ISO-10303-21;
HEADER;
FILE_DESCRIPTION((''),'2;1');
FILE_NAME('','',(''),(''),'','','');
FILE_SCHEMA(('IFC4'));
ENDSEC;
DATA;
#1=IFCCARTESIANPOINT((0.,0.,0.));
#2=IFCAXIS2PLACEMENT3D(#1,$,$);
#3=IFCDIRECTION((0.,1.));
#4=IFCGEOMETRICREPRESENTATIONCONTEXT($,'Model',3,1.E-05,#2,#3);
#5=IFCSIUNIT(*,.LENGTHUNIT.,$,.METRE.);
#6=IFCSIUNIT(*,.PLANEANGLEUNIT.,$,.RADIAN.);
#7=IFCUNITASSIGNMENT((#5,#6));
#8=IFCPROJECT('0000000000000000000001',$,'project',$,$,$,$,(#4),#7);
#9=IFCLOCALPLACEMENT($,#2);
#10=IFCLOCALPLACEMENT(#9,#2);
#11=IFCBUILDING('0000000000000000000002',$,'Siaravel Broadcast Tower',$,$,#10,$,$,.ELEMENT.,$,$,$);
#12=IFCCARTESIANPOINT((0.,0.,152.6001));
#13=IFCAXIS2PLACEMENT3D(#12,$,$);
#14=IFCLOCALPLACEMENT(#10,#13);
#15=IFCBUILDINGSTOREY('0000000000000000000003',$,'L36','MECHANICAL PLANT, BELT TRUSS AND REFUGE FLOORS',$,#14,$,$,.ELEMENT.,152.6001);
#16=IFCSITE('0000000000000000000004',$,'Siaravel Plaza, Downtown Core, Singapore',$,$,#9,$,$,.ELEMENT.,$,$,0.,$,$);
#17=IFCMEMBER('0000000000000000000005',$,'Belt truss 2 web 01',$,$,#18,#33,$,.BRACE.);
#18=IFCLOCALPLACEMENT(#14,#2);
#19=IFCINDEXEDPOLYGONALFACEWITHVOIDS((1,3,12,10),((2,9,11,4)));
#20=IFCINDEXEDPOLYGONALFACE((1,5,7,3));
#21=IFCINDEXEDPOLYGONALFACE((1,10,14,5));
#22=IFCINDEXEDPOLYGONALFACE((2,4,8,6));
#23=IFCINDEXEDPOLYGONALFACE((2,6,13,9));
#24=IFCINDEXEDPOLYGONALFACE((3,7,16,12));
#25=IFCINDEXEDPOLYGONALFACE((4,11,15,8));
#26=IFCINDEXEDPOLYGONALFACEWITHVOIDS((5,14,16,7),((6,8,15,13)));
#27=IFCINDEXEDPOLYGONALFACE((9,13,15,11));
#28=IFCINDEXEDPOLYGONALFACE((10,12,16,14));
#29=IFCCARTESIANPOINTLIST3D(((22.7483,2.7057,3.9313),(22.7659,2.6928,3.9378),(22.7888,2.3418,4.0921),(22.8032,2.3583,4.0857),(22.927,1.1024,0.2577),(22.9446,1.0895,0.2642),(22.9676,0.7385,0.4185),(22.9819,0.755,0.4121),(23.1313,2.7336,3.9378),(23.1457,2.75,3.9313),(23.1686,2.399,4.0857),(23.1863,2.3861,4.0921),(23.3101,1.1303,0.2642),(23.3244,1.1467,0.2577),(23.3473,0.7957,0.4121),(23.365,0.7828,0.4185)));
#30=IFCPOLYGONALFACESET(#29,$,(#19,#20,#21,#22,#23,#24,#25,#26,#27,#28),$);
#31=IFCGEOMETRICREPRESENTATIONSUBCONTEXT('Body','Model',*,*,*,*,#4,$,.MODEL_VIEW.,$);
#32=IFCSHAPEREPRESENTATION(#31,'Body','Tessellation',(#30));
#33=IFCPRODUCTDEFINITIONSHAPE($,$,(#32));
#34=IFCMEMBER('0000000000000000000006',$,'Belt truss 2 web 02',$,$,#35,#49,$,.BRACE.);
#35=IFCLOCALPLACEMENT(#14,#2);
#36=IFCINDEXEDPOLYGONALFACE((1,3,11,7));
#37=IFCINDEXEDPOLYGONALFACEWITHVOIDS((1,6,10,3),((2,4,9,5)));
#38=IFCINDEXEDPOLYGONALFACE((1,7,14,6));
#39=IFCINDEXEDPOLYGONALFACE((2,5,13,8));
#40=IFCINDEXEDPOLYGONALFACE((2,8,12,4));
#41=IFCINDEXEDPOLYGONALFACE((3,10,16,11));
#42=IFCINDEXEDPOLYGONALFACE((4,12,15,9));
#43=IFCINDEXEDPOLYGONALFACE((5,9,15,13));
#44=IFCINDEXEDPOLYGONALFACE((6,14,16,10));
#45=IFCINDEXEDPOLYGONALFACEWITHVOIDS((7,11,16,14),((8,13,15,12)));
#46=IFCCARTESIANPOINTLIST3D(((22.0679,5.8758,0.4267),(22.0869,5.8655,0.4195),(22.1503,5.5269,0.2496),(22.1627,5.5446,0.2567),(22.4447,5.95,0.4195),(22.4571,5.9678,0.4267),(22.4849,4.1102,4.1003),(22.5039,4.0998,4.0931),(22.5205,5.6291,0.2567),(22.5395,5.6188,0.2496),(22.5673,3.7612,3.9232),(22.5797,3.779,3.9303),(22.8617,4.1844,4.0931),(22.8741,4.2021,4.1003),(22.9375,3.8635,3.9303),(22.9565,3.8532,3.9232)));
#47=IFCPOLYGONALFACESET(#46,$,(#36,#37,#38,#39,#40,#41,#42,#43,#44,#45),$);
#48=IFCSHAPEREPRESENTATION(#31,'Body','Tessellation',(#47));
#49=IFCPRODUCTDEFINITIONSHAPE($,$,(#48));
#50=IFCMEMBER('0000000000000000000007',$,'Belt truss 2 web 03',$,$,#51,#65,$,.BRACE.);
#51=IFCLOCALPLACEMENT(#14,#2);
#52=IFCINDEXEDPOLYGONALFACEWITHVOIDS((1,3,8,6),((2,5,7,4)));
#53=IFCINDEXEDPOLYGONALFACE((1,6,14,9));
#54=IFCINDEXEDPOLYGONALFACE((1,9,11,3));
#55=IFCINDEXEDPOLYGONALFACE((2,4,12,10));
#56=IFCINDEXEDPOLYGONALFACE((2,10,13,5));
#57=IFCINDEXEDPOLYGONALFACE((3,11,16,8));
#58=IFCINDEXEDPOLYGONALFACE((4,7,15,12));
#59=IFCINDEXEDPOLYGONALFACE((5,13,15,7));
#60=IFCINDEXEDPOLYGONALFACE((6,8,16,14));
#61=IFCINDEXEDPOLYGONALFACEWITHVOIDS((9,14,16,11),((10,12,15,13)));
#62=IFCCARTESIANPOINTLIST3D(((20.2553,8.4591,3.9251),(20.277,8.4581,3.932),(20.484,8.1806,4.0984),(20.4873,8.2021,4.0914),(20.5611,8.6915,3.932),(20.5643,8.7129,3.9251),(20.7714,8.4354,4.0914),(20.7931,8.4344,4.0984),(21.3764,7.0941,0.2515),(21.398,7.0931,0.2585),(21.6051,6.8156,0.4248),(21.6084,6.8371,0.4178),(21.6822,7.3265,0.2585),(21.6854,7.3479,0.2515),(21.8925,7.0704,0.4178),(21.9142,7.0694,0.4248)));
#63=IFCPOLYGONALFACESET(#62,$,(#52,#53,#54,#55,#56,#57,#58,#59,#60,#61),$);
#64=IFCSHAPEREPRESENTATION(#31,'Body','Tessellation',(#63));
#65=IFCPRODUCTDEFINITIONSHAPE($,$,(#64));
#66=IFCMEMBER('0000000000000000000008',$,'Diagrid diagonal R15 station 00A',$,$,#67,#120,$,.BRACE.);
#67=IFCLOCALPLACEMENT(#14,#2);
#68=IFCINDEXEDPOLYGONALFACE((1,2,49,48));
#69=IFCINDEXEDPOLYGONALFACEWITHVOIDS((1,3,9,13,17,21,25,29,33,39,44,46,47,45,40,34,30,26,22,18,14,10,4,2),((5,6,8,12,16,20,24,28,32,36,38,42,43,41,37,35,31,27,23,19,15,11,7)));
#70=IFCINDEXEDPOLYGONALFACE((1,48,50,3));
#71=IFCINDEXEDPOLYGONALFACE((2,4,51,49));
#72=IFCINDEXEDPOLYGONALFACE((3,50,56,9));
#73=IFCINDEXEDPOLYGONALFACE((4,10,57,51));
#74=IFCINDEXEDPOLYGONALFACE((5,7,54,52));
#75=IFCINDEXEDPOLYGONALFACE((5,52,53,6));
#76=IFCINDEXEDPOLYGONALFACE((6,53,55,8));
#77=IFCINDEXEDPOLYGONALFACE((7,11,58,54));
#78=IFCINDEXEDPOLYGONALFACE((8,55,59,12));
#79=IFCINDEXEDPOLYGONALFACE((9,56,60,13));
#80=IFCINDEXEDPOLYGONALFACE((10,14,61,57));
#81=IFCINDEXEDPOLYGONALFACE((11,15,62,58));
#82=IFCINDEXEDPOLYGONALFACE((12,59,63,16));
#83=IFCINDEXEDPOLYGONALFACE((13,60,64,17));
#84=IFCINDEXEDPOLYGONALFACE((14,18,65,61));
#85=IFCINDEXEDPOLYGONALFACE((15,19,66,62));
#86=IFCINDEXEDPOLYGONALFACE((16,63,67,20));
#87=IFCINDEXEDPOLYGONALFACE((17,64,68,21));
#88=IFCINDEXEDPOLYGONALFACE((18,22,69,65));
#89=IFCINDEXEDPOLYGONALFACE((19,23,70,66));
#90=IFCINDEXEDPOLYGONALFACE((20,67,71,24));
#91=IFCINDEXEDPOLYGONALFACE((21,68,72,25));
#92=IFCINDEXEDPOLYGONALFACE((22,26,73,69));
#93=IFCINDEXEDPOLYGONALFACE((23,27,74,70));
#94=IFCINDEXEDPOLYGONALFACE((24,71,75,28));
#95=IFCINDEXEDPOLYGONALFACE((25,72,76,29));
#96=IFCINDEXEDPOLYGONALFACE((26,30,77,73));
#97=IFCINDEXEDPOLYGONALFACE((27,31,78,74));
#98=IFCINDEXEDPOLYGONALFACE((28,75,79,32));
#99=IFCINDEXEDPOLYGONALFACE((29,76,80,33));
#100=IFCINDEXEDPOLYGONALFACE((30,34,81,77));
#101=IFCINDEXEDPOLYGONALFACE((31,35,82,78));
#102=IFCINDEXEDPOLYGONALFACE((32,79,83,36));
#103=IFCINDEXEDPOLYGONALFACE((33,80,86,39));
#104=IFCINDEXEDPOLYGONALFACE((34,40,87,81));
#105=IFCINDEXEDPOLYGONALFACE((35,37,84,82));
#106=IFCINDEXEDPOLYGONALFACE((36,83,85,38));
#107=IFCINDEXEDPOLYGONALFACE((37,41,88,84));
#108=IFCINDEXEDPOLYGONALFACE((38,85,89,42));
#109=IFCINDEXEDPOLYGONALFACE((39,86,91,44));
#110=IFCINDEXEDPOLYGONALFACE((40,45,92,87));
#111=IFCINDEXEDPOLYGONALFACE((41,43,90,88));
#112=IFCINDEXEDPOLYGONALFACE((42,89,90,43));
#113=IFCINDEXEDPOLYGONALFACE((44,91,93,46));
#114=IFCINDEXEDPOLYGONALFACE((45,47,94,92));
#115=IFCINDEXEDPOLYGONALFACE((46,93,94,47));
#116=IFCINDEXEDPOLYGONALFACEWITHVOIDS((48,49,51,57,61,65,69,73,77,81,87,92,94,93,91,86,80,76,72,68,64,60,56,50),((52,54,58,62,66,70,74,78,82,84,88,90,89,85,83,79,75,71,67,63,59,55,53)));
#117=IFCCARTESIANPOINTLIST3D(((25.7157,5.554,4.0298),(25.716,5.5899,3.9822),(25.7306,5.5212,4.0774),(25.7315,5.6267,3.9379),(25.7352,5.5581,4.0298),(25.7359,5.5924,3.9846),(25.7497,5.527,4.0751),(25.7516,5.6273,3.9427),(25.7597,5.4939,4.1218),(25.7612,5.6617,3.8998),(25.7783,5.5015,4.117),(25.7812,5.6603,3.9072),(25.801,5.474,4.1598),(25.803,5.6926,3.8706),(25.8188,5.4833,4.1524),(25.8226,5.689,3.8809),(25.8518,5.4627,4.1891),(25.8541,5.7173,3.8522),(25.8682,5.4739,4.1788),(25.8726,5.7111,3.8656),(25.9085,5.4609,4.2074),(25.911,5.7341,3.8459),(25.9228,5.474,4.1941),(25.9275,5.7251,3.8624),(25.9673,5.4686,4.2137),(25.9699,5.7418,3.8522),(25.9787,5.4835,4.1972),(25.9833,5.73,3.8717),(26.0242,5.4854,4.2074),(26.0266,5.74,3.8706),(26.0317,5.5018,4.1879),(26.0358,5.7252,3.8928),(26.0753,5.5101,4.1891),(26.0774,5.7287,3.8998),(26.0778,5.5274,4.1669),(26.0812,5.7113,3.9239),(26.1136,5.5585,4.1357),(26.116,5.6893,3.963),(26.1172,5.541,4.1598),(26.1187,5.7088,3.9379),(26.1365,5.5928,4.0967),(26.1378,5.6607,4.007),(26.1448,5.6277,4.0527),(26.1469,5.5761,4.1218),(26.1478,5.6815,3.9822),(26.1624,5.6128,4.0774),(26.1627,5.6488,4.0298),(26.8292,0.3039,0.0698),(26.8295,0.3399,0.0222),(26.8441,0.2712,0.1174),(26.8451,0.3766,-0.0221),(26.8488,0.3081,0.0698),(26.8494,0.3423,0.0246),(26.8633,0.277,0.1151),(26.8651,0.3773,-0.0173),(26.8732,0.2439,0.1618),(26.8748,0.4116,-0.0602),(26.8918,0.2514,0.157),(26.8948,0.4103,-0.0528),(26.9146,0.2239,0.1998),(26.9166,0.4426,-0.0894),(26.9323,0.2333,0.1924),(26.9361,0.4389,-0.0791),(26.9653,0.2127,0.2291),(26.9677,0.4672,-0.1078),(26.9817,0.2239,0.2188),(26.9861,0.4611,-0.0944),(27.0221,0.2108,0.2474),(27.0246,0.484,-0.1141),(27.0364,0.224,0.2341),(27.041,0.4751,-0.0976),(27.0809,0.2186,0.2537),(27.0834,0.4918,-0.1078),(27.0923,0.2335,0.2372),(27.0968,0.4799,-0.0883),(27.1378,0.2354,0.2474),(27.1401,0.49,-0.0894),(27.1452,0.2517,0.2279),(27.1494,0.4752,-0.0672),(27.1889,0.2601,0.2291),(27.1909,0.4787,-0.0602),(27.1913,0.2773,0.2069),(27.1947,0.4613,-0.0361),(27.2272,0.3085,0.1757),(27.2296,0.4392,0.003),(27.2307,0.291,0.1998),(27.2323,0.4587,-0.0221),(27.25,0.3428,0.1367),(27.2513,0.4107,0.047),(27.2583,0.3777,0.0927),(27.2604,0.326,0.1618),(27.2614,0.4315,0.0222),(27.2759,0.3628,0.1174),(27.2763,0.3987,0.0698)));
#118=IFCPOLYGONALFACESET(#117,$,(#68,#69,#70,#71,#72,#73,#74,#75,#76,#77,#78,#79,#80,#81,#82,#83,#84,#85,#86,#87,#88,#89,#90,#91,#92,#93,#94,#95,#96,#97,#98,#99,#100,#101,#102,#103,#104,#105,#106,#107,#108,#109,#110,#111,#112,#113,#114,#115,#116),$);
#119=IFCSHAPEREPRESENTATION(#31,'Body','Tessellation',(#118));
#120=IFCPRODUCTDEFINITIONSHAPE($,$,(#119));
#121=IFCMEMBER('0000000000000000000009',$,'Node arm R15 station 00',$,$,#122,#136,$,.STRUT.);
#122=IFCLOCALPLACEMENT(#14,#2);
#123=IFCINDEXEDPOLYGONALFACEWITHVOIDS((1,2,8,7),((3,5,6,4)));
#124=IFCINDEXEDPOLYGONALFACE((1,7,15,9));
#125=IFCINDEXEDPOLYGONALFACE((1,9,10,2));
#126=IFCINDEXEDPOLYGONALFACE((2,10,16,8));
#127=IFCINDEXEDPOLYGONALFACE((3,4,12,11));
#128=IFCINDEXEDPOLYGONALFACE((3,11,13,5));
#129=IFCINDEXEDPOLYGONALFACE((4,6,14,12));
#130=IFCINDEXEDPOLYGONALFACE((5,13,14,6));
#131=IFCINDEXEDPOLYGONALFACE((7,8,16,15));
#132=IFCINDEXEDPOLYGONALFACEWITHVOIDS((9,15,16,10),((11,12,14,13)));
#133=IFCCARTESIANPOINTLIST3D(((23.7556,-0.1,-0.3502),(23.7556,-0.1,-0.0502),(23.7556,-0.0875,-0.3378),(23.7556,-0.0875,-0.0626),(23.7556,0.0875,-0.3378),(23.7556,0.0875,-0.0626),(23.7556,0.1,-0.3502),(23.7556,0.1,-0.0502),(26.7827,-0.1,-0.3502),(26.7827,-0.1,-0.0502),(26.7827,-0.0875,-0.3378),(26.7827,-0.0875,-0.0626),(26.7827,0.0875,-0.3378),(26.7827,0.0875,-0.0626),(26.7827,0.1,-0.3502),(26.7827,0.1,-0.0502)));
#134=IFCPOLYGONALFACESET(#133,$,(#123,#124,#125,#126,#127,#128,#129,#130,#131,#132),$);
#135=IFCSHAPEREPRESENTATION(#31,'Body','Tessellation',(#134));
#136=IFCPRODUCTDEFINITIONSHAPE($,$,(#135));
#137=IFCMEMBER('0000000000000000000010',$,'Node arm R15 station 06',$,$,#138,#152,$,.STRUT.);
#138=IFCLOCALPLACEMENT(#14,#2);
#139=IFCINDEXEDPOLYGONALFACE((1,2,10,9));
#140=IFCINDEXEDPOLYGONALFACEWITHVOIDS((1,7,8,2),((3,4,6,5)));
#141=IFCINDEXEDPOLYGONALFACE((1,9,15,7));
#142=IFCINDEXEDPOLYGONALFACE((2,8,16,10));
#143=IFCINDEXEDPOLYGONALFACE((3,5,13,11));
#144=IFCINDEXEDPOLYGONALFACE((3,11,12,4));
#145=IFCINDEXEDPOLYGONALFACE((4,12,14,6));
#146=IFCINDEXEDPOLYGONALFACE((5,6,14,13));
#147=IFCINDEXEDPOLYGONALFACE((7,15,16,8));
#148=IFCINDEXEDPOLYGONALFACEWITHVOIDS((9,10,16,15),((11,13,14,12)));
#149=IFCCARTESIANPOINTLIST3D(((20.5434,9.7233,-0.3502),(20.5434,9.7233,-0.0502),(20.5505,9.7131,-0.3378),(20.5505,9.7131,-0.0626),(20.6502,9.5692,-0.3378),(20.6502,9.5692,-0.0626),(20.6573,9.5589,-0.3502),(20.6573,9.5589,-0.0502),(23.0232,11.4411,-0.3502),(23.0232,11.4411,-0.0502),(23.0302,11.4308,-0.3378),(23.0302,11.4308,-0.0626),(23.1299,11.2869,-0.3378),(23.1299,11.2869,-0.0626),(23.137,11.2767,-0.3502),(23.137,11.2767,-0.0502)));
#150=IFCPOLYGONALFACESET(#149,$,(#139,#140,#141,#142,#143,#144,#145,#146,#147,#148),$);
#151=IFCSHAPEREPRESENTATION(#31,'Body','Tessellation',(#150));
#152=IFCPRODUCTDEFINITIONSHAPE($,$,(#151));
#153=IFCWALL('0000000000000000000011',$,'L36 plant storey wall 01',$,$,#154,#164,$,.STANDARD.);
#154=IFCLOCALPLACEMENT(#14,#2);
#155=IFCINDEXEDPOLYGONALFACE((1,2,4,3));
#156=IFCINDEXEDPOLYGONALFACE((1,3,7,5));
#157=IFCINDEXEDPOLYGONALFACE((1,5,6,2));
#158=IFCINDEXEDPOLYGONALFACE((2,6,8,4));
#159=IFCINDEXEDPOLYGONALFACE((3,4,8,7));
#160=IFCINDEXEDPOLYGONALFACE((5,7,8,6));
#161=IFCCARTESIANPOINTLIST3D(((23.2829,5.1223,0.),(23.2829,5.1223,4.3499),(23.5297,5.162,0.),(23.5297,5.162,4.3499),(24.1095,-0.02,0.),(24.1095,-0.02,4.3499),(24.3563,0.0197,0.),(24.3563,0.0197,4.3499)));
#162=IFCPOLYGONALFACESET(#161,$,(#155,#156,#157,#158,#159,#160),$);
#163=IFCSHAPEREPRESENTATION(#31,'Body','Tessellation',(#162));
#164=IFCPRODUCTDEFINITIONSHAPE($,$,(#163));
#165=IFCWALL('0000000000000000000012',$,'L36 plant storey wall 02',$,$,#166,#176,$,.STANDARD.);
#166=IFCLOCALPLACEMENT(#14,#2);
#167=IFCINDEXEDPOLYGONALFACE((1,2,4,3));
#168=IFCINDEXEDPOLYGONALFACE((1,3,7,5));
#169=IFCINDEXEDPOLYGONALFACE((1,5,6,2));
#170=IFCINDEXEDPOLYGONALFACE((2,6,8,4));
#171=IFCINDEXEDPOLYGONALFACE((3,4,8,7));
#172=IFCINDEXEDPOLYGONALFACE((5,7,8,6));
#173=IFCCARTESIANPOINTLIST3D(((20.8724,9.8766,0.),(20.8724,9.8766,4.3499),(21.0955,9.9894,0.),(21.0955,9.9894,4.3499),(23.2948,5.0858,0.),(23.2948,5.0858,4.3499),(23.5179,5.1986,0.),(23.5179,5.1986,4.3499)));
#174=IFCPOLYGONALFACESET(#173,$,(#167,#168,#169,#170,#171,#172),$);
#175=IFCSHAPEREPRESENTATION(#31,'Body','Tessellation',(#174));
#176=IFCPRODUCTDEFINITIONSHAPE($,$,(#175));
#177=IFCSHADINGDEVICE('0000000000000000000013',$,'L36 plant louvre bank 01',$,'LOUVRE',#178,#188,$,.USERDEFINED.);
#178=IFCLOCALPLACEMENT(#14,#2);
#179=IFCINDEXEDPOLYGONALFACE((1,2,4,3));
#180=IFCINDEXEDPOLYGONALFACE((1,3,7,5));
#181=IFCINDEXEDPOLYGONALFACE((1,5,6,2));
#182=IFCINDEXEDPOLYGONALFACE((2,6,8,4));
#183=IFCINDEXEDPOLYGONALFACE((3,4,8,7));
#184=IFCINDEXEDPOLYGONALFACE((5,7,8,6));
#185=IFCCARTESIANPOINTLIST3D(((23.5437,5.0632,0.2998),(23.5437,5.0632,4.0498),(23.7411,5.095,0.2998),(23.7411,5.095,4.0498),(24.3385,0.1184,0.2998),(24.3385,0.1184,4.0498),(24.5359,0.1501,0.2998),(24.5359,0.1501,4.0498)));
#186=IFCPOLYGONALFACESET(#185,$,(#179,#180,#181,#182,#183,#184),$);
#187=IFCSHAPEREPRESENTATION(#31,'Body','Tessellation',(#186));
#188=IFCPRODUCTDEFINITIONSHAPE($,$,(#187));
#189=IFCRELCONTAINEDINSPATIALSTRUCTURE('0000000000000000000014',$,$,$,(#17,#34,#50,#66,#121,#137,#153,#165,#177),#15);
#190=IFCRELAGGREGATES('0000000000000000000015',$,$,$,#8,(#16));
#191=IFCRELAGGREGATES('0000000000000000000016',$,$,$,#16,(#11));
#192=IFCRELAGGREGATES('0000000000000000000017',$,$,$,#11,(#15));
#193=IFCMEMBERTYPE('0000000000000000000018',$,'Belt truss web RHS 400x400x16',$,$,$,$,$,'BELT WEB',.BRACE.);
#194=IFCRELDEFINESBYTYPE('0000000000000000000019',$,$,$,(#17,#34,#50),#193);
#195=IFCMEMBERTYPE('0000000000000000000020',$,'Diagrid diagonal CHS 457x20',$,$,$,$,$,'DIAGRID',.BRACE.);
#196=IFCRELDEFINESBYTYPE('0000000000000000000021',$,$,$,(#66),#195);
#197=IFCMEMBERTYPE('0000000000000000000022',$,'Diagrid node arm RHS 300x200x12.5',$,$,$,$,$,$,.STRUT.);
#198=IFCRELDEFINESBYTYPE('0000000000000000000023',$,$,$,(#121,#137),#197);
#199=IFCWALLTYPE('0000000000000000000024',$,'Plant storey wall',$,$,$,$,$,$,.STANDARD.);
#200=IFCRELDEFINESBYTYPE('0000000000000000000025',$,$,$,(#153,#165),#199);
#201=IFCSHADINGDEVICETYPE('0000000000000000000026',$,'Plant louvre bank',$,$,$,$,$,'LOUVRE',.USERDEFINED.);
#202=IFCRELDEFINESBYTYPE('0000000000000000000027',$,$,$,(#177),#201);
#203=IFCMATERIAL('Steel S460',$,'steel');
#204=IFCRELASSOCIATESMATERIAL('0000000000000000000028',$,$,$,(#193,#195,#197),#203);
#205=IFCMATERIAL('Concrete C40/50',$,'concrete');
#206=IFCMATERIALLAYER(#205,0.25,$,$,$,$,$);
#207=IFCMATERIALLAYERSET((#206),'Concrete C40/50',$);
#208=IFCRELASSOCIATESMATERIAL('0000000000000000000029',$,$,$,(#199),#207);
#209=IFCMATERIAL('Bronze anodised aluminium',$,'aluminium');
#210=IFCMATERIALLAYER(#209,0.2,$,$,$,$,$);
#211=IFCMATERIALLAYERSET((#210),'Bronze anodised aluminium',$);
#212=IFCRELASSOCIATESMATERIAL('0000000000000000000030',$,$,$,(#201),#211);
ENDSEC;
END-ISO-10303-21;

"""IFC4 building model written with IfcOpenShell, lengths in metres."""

from ifc_helpers import new_model, si_unit, direction, frame, frame_2d, origin, origin_2d, place, context, subcontext, project, spatial, rectangle, hollow_rectangle, hollow_circle, extrude, material, layer, layer_set, material_profile, profile_set, type_object, element, save


model = new_model("IFC4")

# Units and contexts
model_context = context("Model", 3, precision=1e-05, world=origin(), true_north=direction((0.0, 1.0)))
body_context = subcontext(model_context, "Body", "Model", "MODEL_VIEW")
ifc_project = project(units=[si_unit("LENGTHUNIT", "METRE"), si_unit("PLANEANGLEUNIT", "RADIAN")], contexts=[model_context])

# Site, building, storey
site_placement = place(None, origin())
site = spatial("IfcSite", under=ifc_project, at=site_placement, Name="Siaravel Plaza, Downtown Core, Singapore", CompositionType="ELEMENT", RefElevation=0.0)
building_placement = place(site_placement, origin())
building = spatial("IfcBuilding", under=site, at=building_placement, Name="Siaravel Broadcast Tower", CompositionType="ELEMENT")
storey_placement = place(building_placement, frame((0.0, 0.0, 152.6001)))
storey = spatial("IfcBuildingStorey", under=building, at=storey_placement, Name="L36", Description="MECHANICAL PLANT, BELT TRUSS AND REFUGE FLOORS", CompositionType="ELEMENT", Elevation=152.6001)

# Shared definitions
ifc_material_1 = material(Name="Steel S460", Category="steel")

# Members
ifc_material_profile_1 = material_profile(ifc_material_1, hollow_rectangle(XDim=0.3999, YDim=0.3999, WallThickness=0.0161, at=origin_2d()))
ifc_profile_set_1 = profile_set([ifc_material_profile_1], Name="Steel S460")
member_type_1 = type_object("IfcMemberType", Name="Belt truss web RHS 400x400x16", ElementType="BELT WEB", PredefinedType="BRACE", material=ifc_profile_set_1)
member_1_placement = place(storey_placement, frame((23.146, 0.9426, 0.3381), z_axis=(-0.044542, 0.3996, 0.915607), x_axis=(-0.993845, -0.11078, 0.0)))
element("IfcMember", 1, at=member_1_placement, inside=storey, type_object=member_type_1, Name="Belt truss 2 web 01", PredefinedType="BRACE", context=body_context, shape_type="SweptSolid", body=[
    extrude(hollow_rectangle(XDim=0.3999, YDim=0.3999, WallThickness=0.0161, at=origin_2d()), origin(), (0.0, 0.0, 1.0), 4.0122),
])
member_2_placement = place(storey_placement, frame((22.3037, 5.7473, 0.3381), z_axis=(0.101776, -0.430941, 0.896622), x_axis=(0.973226, 0.229849, 0.0)))
element("IfcMember", 2, at=member_2_placement, inside=storey, type_object=member_type_1, Name="Belt truss 2 web 02", PredefinedType="BRACE", context=body_context, shape_type="SweptSolid", body=[
    extrude(hollow_rectangle(XDim=0.3999, YDim=0.3999, WallThickness=0.0161, at=origin_2d()), origin(), (0.0, 0.0, 1.0), 4.0972),
])
member_3_placement = place(storey_placement, frame((21.6453, 7.0818, 0.3381), z_axis=(-0.275035, 0.33487, 0.901231), x_axis=(-0.772767, -0.634689, 0.0)))
element("IfcMember", 3, at=member_3_placement, inside=storey, type_object=member_type_1, Name="Belt truss 2 web 03", PredefinedType="BRACE", context=body_context, shape_type="SweptSolid", body=[
    extrude(hollow_rectangle(XDim=0.3999, YDim=0.3999, WallThickness=0.0161, at=origin_2d()), origin(), (0.0, 0.0, 1.0), 4.0762),
])
ifc_material_profile_2 = material_profile(ifc_material_1, hollow_circle(Radius=0.2285, WallThickness=0.02, at=origin_2d()))
ifc_profile_set_2 = profile_set([ifc_material_profile_2], Name="Steel S460")
member_type_2 = type_object("IfcMemberType", Name="Diagrid diagonal CHS 457x20", ElementType="DIAGRID", PredefinedType="BRACE", material=ifc_profile_set_2)
member_4_placement = place(storey_placement, frame((27.0527, 0.3513, 0.0698), z_axis=(-0.166955, 0.787152, 0.593732), x_axis=(-0.978238, -0.207484, 0.0)))
element("IfcMember", 4, at=member_4_placement, inside=storey, type_object=member_type_2, Name="Diagrid diagonal R15 station 00A", PredefinedType="BRACE", context=body_context, shape_type="SweptSolid", body=[
    extrude(hollow_circle(Radius=0.2285, WallThickness=0.02, at=origin_2d()), origin(), (0.0, 0.0, 1.0), 6.6697),
])
ifc_material_profile_3 = material_profile(ifc_material_1, hollow_rectangle(XDim=0.2, YDim=0.3, WallThickness=0.0125, at=origin_2d()))
ifc_profile_set_3 = profile_set([ifc_material_profile_3], Name="Steel S460")
member_type_3 = type_object("IfcMemberType", Name="Diagrid node arm RHS 300x200x12.5", PredefinedType="STRUT", material=ifc_profile_set_3)
member_5_placement = place(storey_placement, frame((23.7556, 0.0, -0.2002), z_axis=(1.0, 0.0, 0.0), x_axis=(0.0, 1.0, 0.0)))
element("IfcMember", 5, at=member_5_placement, inside=storey, type_object=member_type_3, Name="Node arm R15 station 00", PredefinedType="STRUT", context=body_context, shape_type="SweptSolid", body=[
    extrude(hollow_rectangle(XDim=0.2, YDim=0.3, WallThickness=0.0125, at=origin_2d()), origin(), (0.0, 0.0, 1.0), 3.0271),
])
member_6_placement = place(storey_placement, frame((20.6003, 9.6411, -0.2002), z_axis=(0.822032, 0.569441, 0.0), x_axis=(-0.569441, 0.822032, 0.0)))
element("IfcMember", 6, at=member_6_placement, inside=storey, type_object=member_type_3, Name="Node arm R15 station 06", PredefinedType="STRUT", context=body_context, shape_type="SweptSolid", body=[
    extrude(hollow_rectangle(XDim=0.2, YDim=0.3, WallThickness=0.0125, at=origin_2d()), origin(), (0.0, 0.0, 1.0), 3.0166),
])

# Walls
ifc_material_2 = material(Name="Concrete C40/50", Category="concrete")
ifc_layer_1 = layer(ifc_material_2, 0.25)
ifc_layer_set_1 = layer_set([ifc_layer_1], Name="Concrete C40/50")
wall_type = type_object("IfcWallType", Name="Plant storey wall", PredefinedType="STANDARD", material=ifc_layer_set_1)
wall_1_placement = place(storey_placement, frame((24.2329, 0.0, 0.0), z_axis=(0.0, 0.0, 1.0), x_axis=(-0.158718, 0.987324, 0.0)))
element("IfcWall", 7, at=wall_1_placement, inside=storey, type_object=wall_type, Name="L36 plant storey wall 01", PredefinedType="STANDARD", context=body_context, shape_type="SweptSolid", body=[
    extrude(rectangle(XDim=5.2083, YDim=0.25, at=frame_2d((2.604, 0.0))), origin(), (0.0, 0.0, 1.0), 4.3499),
])
wall_2_placement = place(storey_placement, frame((23.4062, 5.1423, 0.0), z_axis=(0.0, 0.0, 1.0), x_axis=(-0.451229, 0.892408, 0.0)))
element("IfcWall", 8, at=wall_2_placement, inside=storey, type_object=wall_type, Name="L36 plant storey wall 02", PredefinedType="STANDARD", context=body_context, shape_type="SweptSolid", body=[
    extrude(rectangle(XDim=5.3684, YDim=0.25, at=frame_2d((2.6841, 0.0))), origin(), (0.0, 0.0, 1.0), 4.3499),
])

# Shading device
ifc_material_3 = material(Name="Bronze anodised aluminium", Category="aluminium")
ifc_layer_2 = layer(ifc_material_3, 0.2)
ifc_layer_set_2 = layer_set([ifc_layer_2], Name="Bronze anodised aluminium")
shading_device_type = type_object("IfcShadingDeviceType", Name="Plant louvre bank", ElementType="LOUVRE", PredefinedType="USERDEFINED", material=ifc_layer_set_2)
shading_device_1_placement = place(storey_placement, frame((24.0398, 2.6067, 0.2998), z_axis=(0.0, 0.0, 1.0), x_axis=(-0.158685, 0.987329, 0.0)))
element("IfcShadingDevice", 9, at=shading_device_1_placement, inside=storey, type_object=shading_device_type, Name="L36 plant louvre bank 01", ObjectType="LOUVRE", PredefinedType="USERDEFINED", context=body_context, shape_type="SweptSolid", body=[
    extrude(rectangle(XDim=5.0083, YDim=0.2, at=origin_2d()), origin(), (0.0, 0.0, 1.0), 3.75),
])

save(model, "model.ifc")
